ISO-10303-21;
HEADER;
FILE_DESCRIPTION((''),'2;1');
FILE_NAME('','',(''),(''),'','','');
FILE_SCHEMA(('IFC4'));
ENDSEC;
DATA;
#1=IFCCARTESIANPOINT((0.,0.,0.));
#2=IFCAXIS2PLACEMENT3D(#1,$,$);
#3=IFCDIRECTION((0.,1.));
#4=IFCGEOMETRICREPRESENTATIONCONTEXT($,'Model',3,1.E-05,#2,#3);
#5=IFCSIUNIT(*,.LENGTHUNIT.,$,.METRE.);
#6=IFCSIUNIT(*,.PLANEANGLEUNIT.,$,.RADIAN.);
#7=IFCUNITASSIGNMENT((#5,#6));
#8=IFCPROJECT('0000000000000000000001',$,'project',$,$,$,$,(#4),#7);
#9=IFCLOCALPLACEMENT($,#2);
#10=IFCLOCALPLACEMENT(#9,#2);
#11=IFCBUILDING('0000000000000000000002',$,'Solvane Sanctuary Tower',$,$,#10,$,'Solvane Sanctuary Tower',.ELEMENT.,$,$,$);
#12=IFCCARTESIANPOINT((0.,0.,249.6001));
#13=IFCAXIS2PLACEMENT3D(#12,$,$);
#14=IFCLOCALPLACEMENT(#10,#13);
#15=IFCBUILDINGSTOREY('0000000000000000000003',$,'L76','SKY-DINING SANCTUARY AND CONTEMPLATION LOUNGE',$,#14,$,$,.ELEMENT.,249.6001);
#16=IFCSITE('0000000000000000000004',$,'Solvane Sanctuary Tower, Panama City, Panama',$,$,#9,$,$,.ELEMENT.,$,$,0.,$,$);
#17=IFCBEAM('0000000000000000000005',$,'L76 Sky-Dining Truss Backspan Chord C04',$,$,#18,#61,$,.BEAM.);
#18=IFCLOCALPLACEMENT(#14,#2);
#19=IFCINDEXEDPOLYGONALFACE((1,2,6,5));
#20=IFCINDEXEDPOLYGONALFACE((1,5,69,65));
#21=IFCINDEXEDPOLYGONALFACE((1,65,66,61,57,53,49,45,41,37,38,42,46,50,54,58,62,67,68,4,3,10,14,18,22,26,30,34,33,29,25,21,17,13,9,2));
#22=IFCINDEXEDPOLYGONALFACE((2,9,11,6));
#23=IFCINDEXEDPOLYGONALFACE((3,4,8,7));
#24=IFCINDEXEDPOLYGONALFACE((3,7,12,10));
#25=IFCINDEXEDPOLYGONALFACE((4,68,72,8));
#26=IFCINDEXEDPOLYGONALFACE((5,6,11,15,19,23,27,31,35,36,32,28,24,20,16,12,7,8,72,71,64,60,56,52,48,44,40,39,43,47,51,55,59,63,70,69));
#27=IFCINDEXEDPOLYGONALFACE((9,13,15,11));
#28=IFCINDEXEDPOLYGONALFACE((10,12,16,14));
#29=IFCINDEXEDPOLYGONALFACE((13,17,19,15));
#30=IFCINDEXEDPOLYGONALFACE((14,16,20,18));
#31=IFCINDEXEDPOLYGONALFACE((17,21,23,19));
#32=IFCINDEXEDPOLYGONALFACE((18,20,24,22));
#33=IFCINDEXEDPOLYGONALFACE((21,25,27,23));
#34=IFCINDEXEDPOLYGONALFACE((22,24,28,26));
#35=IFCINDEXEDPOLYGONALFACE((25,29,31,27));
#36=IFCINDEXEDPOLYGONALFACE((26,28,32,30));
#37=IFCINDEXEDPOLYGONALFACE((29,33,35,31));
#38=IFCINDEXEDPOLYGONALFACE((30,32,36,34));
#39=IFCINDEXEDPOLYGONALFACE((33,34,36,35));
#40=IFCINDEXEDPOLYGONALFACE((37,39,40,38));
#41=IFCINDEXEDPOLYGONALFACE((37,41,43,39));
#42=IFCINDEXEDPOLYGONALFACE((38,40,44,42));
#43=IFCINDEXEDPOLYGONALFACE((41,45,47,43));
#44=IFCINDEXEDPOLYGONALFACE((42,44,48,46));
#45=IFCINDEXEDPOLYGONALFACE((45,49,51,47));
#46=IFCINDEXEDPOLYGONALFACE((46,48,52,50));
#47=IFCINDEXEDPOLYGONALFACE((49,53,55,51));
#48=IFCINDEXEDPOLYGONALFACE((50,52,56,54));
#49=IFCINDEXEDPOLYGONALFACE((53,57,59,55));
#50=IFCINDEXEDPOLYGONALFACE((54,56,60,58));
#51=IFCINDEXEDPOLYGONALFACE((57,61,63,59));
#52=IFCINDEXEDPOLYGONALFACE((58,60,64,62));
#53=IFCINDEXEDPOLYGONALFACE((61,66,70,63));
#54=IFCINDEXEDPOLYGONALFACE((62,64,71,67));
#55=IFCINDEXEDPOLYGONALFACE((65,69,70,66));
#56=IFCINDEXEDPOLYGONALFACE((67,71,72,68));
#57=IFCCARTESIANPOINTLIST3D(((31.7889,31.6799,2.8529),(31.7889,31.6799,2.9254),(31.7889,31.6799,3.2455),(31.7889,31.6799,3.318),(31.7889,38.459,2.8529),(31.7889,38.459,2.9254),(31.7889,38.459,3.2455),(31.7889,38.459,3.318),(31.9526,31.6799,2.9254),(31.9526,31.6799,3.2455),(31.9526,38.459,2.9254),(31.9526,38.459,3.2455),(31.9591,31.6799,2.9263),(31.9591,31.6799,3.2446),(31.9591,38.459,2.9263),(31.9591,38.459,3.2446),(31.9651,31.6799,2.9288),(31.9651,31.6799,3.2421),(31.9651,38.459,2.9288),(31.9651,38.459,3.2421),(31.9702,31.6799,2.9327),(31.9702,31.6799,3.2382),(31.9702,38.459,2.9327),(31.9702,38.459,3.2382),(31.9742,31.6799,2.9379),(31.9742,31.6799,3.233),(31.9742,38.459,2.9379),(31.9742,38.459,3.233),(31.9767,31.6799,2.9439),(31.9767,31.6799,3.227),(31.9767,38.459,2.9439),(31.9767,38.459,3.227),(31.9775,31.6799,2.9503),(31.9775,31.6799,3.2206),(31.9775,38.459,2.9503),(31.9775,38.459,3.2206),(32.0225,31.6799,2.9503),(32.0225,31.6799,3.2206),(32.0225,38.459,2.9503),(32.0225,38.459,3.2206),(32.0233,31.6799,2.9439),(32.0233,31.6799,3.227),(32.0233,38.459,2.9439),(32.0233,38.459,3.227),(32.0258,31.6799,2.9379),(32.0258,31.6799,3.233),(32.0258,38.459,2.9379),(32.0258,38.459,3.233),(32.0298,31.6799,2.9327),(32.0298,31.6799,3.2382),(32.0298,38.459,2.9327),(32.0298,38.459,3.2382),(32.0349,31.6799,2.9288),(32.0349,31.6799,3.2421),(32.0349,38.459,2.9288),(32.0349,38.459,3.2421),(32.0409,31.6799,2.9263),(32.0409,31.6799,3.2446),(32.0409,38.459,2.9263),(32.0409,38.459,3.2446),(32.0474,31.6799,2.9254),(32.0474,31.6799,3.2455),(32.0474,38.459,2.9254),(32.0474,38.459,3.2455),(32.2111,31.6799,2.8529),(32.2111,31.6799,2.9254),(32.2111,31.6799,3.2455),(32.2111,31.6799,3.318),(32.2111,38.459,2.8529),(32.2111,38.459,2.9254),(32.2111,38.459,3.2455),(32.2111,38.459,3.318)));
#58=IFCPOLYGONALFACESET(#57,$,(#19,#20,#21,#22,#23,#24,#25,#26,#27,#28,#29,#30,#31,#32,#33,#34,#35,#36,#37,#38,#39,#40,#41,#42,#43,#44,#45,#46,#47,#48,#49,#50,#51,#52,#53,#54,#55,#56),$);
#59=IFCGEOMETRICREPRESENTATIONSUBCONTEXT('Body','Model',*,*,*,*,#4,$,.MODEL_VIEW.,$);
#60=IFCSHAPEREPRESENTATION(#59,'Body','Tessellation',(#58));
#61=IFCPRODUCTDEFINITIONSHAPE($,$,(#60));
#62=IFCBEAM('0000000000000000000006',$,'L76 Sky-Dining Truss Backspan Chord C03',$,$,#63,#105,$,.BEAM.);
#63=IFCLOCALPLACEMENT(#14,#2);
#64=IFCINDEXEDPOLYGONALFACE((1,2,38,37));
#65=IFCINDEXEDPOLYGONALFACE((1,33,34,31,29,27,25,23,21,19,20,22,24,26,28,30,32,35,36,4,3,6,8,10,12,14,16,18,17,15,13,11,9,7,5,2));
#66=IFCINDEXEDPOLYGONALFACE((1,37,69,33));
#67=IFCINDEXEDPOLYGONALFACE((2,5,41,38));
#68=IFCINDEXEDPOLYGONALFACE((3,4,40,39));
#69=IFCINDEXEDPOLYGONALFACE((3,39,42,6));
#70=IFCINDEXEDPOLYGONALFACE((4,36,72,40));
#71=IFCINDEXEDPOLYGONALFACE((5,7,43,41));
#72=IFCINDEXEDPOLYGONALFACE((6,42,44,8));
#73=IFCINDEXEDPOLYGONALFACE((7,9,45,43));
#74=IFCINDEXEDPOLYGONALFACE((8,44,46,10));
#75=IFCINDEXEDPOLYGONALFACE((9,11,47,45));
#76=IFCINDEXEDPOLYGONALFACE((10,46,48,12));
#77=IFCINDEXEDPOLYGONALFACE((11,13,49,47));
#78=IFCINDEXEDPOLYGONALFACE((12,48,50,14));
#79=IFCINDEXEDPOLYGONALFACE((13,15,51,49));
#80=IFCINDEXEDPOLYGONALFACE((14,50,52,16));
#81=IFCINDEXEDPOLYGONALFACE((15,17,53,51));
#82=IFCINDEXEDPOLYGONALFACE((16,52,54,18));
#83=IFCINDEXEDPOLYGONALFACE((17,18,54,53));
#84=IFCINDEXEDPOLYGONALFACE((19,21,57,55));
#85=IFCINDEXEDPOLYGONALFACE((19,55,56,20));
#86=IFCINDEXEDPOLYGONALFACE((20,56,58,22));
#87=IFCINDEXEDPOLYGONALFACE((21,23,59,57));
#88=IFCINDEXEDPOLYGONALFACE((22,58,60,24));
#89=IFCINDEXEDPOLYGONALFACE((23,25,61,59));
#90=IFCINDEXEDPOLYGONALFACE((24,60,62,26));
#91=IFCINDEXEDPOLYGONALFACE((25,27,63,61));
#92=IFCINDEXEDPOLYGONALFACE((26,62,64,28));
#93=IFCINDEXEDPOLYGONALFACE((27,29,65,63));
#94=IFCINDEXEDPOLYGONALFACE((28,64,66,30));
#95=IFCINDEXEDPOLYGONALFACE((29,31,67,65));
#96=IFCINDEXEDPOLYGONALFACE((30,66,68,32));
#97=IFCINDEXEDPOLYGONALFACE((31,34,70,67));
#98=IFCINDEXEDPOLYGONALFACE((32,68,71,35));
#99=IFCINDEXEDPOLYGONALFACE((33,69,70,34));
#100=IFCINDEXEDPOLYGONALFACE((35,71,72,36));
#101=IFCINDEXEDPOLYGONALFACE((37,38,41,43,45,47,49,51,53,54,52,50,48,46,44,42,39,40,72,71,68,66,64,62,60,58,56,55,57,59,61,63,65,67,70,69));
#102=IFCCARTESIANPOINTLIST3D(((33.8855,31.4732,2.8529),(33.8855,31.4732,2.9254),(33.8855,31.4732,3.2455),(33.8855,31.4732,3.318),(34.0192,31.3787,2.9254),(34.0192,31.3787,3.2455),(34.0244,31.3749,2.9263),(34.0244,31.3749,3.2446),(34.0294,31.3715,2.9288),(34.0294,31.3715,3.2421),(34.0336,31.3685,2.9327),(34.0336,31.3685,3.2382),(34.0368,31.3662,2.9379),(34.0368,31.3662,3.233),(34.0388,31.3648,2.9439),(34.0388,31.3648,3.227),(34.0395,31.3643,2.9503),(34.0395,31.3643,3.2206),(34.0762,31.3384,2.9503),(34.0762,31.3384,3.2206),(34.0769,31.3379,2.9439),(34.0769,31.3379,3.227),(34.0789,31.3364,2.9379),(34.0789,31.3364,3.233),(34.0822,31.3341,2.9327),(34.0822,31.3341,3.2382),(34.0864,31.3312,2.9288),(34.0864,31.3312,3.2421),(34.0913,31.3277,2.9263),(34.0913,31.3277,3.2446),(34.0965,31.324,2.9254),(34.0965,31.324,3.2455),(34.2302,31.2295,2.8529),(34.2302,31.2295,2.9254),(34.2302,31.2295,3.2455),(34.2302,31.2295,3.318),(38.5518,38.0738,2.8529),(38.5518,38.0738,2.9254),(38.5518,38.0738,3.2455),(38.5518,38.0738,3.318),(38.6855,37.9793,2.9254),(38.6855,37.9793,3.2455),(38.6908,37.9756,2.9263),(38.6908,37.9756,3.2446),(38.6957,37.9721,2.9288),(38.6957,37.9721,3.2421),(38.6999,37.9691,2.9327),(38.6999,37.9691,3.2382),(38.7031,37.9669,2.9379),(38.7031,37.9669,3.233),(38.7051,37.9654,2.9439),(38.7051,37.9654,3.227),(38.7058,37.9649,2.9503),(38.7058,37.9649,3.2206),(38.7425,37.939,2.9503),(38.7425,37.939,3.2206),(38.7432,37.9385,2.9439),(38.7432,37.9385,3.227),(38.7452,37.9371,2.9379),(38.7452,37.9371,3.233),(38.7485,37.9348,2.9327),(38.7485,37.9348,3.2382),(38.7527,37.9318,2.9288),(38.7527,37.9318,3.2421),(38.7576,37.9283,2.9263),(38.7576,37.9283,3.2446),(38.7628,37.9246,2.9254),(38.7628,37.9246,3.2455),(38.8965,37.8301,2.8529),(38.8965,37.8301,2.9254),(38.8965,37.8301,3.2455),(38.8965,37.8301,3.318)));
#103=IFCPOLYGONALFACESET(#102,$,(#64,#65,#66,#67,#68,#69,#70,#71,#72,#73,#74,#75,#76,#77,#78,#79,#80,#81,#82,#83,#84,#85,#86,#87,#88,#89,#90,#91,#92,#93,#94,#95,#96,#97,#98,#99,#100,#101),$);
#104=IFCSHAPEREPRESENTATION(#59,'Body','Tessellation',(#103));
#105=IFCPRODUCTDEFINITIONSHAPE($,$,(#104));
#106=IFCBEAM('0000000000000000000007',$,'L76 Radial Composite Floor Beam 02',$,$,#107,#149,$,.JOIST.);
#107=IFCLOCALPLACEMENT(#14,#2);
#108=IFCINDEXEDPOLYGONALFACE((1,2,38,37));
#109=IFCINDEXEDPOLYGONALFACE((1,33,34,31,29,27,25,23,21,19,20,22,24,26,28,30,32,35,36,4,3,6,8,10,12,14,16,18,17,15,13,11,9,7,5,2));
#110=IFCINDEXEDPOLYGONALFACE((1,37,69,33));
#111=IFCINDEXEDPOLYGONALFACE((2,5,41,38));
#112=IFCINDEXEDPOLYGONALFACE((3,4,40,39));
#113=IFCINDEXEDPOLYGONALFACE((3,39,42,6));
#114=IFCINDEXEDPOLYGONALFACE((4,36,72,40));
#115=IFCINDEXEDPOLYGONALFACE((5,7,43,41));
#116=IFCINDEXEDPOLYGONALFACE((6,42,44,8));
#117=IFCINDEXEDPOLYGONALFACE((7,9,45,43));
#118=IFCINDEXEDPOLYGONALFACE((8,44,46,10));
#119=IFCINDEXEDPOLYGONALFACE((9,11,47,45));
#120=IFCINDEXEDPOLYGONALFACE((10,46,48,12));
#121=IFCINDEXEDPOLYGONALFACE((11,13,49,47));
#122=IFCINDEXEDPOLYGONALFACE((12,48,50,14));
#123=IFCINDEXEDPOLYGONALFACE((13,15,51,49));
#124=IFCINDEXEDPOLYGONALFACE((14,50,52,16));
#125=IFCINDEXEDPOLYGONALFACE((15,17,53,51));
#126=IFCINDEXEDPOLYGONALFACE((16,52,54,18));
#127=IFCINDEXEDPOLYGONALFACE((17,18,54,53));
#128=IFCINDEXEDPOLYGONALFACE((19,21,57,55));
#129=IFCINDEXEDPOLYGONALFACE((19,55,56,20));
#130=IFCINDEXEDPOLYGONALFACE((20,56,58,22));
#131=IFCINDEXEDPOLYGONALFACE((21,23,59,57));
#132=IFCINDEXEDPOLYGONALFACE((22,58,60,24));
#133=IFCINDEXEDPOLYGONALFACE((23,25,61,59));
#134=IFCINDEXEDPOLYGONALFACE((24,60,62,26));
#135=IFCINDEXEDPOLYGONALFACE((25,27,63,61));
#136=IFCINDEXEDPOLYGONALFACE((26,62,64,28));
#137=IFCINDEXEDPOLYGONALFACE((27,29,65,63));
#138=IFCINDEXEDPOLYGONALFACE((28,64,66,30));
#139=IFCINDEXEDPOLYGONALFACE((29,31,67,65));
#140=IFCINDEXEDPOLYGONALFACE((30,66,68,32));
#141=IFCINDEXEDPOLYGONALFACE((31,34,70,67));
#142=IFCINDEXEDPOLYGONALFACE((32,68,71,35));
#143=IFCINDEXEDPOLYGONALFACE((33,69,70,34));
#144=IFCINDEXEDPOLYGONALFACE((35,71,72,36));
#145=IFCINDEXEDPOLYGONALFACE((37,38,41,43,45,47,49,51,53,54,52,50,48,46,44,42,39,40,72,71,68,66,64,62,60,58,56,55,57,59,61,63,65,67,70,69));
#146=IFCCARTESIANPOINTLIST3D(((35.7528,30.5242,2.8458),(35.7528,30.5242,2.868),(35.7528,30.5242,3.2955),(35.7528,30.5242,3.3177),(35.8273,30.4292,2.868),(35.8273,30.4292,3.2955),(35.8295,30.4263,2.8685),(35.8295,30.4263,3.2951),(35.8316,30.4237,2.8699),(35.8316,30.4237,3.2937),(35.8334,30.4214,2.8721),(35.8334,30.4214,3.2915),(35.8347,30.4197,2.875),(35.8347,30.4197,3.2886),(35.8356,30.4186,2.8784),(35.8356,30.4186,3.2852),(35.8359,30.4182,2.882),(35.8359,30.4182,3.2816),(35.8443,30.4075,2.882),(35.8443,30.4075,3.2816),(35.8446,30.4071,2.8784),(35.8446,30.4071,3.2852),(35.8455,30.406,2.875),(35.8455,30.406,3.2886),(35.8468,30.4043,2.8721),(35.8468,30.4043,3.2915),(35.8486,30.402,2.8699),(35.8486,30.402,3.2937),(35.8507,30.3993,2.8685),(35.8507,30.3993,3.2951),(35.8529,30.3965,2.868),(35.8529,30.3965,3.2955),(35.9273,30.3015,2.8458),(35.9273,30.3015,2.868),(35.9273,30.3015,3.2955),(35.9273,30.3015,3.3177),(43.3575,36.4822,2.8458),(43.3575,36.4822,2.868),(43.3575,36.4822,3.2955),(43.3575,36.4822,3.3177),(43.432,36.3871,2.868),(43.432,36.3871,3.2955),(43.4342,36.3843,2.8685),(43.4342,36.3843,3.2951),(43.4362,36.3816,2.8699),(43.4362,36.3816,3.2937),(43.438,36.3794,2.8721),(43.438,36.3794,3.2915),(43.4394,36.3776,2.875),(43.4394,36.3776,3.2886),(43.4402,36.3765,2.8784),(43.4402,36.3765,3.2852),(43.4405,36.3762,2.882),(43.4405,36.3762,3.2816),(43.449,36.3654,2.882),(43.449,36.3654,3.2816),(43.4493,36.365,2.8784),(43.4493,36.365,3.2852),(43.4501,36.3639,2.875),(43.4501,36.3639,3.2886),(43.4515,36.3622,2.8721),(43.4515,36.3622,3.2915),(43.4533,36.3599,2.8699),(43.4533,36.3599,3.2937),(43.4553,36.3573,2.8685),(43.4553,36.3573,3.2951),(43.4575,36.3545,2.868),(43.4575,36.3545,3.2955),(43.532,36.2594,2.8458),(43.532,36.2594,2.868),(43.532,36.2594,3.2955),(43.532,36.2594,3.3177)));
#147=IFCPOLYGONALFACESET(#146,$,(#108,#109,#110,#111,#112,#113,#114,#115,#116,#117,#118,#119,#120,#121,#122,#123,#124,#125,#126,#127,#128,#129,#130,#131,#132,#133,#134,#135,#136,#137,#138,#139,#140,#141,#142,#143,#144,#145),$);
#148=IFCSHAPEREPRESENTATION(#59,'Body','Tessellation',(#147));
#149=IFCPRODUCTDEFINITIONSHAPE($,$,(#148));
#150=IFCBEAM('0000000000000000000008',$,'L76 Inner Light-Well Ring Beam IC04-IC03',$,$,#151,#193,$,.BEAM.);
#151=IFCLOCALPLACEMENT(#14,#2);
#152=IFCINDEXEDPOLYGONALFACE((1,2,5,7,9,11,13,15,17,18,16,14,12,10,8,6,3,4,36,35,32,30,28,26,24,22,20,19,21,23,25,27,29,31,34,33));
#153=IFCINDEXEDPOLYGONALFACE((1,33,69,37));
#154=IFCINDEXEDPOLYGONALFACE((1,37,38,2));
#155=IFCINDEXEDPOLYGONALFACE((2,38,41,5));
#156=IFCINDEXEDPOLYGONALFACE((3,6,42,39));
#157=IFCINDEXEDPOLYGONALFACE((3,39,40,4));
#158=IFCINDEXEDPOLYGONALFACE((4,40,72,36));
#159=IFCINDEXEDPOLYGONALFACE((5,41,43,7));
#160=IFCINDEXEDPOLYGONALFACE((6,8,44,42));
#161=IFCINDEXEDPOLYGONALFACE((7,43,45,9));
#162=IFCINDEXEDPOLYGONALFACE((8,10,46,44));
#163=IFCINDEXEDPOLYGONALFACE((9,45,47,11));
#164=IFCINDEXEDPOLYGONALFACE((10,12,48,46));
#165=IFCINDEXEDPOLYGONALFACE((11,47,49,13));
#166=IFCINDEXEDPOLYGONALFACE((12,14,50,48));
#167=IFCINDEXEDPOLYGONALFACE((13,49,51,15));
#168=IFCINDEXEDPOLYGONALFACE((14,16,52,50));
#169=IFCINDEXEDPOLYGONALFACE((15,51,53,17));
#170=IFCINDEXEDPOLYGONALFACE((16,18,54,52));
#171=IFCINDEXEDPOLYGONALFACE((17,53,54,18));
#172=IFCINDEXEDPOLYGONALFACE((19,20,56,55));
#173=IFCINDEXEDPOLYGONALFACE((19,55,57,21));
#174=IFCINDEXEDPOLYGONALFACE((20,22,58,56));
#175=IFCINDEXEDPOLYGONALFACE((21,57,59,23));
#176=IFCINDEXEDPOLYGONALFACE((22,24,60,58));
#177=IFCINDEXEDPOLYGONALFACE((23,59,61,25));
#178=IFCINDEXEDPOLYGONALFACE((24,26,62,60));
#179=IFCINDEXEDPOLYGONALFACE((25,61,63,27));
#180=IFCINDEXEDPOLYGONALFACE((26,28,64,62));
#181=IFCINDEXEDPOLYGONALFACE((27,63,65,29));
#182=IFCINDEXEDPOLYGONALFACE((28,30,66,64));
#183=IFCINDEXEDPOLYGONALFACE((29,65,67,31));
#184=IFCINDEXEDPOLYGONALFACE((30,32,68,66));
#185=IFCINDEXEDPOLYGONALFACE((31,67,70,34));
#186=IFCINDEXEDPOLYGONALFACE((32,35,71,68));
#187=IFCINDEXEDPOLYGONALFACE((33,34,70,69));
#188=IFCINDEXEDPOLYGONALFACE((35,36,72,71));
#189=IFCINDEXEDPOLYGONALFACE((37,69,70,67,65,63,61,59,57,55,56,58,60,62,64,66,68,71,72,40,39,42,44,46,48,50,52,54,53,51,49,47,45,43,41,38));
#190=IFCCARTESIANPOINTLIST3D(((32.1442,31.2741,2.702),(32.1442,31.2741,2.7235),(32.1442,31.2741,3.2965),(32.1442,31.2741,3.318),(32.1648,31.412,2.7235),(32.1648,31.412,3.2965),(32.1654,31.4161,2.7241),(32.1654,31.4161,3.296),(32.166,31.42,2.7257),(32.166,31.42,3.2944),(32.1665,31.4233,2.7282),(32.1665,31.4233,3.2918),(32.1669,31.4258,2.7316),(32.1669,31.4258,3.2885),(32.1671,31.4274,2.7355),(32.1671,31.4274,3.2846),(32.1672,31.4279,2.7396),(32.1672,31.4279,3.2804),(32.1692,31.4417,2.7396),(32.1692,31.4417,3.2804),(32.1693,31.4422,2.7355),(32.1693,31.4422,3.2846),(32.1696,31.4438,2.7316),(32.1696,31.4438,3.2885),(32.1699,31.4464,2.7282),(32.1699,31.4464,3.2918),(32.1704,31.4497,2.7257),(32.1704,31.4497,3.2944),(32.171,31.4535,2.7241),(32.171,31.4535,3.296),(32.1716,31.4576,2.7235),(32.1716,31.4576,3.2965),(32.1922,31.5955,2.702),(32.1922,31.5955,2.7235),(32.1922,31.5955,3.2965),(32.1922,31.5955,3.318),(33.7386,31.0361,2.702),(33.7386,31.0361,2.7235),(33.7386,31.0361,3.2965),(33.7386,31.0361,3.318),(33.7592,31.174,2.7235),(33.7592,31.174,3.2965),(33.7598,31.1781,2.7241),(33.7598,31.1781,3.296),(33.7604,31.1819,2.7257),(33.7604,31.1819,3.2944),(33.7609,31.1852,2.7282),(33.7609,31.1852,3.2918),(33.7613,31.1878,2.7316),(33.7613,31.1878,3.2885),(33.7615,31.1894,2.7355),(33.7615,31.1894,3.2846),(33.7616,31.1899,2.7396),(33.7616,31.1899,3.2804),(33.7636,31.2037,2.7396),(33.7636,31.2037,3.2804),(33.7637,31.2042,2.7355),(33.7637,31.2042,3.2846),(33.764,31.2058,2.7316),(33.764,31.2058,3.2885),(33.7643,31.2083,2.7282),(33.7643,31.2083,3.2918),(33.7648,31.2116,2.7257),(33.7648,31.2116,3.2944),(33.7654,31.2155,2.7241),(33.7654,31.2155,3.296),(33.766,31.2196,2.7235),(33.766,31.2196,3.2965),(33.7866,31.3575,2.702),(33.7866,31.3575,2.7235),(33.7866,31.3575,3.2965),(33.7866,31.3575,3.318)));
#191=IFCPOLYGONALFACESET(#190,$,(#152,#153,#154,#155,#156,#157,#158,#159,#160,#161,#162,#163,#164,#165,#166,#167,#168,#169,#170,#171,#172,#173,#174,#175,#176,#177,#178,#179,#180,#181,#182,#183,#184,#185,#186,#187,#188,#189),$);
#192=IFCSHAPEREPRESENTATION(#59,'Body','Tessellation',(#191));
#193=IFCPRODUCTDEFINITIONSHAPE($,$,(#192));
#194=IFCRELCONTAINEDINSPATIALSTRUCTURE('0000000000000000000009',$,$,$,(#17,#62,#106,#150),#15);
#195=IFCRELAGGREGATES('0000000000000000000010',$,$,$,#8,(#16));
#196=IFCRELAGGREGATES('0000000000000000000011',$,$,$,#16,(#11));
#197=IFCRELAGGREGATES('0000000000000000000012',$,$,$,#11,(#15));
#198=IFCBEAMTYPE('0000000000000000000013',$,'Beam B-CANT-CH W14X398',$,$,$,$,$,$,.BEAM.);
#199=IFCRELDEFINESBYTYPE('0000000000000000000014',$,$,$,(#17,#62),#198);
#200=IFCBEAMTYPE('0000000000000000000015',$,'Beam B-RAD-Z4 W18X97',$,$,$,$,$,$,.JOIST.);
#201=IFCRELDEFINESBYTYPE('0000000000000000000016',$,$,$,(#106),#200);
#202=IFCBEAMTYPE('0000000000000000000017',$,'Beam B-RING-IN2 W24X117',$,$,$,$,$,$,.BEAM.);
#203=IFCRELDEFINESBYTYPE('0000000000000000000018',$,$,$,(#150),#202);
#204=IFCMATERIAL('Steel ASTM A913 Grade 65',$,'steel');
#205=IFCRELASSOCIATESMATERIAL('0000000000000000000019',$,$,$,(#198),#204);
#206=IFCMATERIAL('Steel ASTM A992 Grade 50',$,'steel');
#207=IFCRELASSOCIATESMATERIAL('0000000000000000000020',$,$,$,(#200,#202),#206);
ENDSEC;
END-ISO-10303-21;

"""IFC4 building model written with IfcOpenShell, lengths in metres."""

from ifc_helpers import new_model, si_unit, direction, frame, origin, origin_2d, place, context, subcontext, project, spatial, i_section, extrude, material, material_profile, profile_set, type_object, element, save


model = new_model("IFC4")

# Units and contexts
model_context = context("Model", 3, precision=1e-05, world=origin(), true_north=direction((0.0, 1.0)))
body_context = subcontext(model_context, "Body", "Model", "MODEL_VIEW")
ifc_project = project(units=[si_unit("LENGTHUNIT", "METRE"), si_unit("PLANEANGLEUNIT", "RADIAN")], contexts=[model_context])

# Site, building, storey
site_placement = place(None, origin())
site = spatial("IfcSite", under=ifc_project, at=site_placement, Name="Solvane Sanctuary Tower, Panama City, Panama", CompositionType="ELEMENT", RefElevation=0.0)
building_placement = place(site_placement, origin())
building = spatial("IfcBuilding", under=site, at=building_placement, Name="Solvane Sanctuary Tower", LongName="Solvane Sanctuary Tower", CompositionType="ELEMENT")
storey_placement = place(building_placement, frame((0.0, 0.0, 249.6001)))
storey = spatial("IfcBuildingStorey", under=building, at=storey_placement, Name="L76", Description="SKY-DINING SANCTUARY AND CONTEMPLATION LOUNGE", CompositionType="ELEMENT", Elevation=249.6001)

# Shared definitions
ifc_material_1 = material(Name="Steel ASTM A913 Grade 65", Category="steel")

# Beams
ifc_material_profile_1 = material_profile(ifc_material_1, i_section(OverallWidth=0.4221, OverallDepth=0.4651, WebThickness=0.0449, FlangeThickness=0.0725, FilletRadius=0.0249, at=origin_2d()), Name="W14X398")
ifc_profile_set_1 = profile_set([ifc_material_profile_1], Name="Steel ASTM A913 Grade 65")
beam_type_1 = type_object("IfcBeamType", Name="Beam B-CANT-CH W14X398", PredefinedType="BEAM", material=ifc_profile_set_1)
beam_1_placement = place(storey_placement, frame((32.0, 31.6799, 3.0854), z_axis=(0.0, 1.0, 0.0), x_axis=(-1.0, 0.0, 0.0)))
element("IfcBeam", 1, at=beam_1_placement, inside=storey, type_object=beam_type_1, Name="L76 Sky-Dining Truss Backspan Chord C04", PredefinedType="BEAM", context=body_context, shape_type="SweptSolid", body=[
    extrude(i_section(OverallWidth=0.4221, OverallDepth=0.4651, WebThickness=0.0449, FlangeThickness=0.0725, FilletRadius=0.0249, at=origin_2d()), origin(), (0.0, 0.0, 1.0), 6.7791),
])
beam_2_placement = place(storey_placement, frame((34.0579, 31.3513, 3.0854), z_axis=(0.577263, 0.816558, 0.0), x_axis=(-0.816558, 0.577263, 0.0)))
element("IfcBeam", 2, at=beam_2_placement, inside=storey, type_object=beam_type_1, Name="L76 Sky-Dining Truss Backspan Chord C03", PredefinedType="BEAM", context=body_context, shape_type="SweptSolid", body=[
    extrude(i_section(OverallWidth=0.4221, OverallDepth=0.4651, WebThickness=0.0449, FlangeThickness=0.0725, FilletRadius=0.0249, at=origin_2d()), origin(), (0.0, 0.0, 1.0), 8.0835),
])
ifc_material_2 = material(Name="Steel ASTM A992 Grade 50", Category="steel")
ifc_material_profile_2 = material_profile(ifc_material_2, i_section(OverallWidth=0.283, OverallDepth=0.4719, WebThickness=0.0137, FlangeThickness=0.0222, FilletRadius=0.0139, at=origin_2d()), Name="W18X97")
ifc_profile_set_2 = profile_set([ifc_material_profile_2], Name="Steel ASTM A992 Grade 50")
beam_type_2 = type_object("IfcBeamType", Name="Beam B-RAD-Z4 W18X97", PredefinedType="JOIST", material=ifc_profile_set_2)
beam_3_placement = place(storey_placement, frame((35.8401, 30.4128, 3.0818), z_axis=(0.78718, 0.616724, 0.0), x_axis=(-0.616724, 0.78718, 0.0)))
element("IfcBeam", 3, at=beam_3_placement, inside=storey, type_object=beam_type_2, Name="L76 Radial Composite Floor Beam 02", PredefinedType="JOIST", context=body_context, shape_type="SweptSolid", body=[
    extrude(i_section(OverallWidth=0.283, OverallDepth=0.4719, WebThickness=0.0137, FlangeThickness=0.0222, FilletRadius=0.0139, at=origin_2d()), origin(), (0.0, 0.0, 1.0), 9.6606),
])
ifc_material_profile_3 = material_profile(ifc_material_2, i_section(OverallWidth=0.325, OverallDepth=0.616, WebThickness=0.0139, FlangeThickness=0.0215, FilletRadius=0.0161, at=origin_2d()), Name="W24X117")
ifc_profile_set_3 = profile_set([ifc_material_profile_3], Name="Steel ASTM A992 Grade 50")
beam_type_3 = type_object("IfcBeamType", Name="Beam B-RING-IN2 W24X117", PredefinedType="BEAM", material=ifc_profile_set_3)
beam_4_placement = place(storey_placement, frame((32.1682, 31.4348, 3.01), z_axis=(0.989039, -0.147652, 0.0), x_axis=(0.147652, 0.989039, 0.0)))
element("IfcBeam", 4, at=beam_4_placement, inside=storey, type_object=beam_type_3, Name="L76 Inner Light-Well Ring Beam IC04-IC03", PredefinedType="BEAM", context=body_context, shape_type="SweptSolid", body=[
    extrude(i_section(OverallWidth=0.325, OverallDepth=0.616, WebThickness=0.0139, FlangeThickness=0.0215, FilletRadius=0.0161, at=origin_2d()), origin(), (0.0, 0.0, 1.0), 1.6121),
])

save(model, "model.ifc")
